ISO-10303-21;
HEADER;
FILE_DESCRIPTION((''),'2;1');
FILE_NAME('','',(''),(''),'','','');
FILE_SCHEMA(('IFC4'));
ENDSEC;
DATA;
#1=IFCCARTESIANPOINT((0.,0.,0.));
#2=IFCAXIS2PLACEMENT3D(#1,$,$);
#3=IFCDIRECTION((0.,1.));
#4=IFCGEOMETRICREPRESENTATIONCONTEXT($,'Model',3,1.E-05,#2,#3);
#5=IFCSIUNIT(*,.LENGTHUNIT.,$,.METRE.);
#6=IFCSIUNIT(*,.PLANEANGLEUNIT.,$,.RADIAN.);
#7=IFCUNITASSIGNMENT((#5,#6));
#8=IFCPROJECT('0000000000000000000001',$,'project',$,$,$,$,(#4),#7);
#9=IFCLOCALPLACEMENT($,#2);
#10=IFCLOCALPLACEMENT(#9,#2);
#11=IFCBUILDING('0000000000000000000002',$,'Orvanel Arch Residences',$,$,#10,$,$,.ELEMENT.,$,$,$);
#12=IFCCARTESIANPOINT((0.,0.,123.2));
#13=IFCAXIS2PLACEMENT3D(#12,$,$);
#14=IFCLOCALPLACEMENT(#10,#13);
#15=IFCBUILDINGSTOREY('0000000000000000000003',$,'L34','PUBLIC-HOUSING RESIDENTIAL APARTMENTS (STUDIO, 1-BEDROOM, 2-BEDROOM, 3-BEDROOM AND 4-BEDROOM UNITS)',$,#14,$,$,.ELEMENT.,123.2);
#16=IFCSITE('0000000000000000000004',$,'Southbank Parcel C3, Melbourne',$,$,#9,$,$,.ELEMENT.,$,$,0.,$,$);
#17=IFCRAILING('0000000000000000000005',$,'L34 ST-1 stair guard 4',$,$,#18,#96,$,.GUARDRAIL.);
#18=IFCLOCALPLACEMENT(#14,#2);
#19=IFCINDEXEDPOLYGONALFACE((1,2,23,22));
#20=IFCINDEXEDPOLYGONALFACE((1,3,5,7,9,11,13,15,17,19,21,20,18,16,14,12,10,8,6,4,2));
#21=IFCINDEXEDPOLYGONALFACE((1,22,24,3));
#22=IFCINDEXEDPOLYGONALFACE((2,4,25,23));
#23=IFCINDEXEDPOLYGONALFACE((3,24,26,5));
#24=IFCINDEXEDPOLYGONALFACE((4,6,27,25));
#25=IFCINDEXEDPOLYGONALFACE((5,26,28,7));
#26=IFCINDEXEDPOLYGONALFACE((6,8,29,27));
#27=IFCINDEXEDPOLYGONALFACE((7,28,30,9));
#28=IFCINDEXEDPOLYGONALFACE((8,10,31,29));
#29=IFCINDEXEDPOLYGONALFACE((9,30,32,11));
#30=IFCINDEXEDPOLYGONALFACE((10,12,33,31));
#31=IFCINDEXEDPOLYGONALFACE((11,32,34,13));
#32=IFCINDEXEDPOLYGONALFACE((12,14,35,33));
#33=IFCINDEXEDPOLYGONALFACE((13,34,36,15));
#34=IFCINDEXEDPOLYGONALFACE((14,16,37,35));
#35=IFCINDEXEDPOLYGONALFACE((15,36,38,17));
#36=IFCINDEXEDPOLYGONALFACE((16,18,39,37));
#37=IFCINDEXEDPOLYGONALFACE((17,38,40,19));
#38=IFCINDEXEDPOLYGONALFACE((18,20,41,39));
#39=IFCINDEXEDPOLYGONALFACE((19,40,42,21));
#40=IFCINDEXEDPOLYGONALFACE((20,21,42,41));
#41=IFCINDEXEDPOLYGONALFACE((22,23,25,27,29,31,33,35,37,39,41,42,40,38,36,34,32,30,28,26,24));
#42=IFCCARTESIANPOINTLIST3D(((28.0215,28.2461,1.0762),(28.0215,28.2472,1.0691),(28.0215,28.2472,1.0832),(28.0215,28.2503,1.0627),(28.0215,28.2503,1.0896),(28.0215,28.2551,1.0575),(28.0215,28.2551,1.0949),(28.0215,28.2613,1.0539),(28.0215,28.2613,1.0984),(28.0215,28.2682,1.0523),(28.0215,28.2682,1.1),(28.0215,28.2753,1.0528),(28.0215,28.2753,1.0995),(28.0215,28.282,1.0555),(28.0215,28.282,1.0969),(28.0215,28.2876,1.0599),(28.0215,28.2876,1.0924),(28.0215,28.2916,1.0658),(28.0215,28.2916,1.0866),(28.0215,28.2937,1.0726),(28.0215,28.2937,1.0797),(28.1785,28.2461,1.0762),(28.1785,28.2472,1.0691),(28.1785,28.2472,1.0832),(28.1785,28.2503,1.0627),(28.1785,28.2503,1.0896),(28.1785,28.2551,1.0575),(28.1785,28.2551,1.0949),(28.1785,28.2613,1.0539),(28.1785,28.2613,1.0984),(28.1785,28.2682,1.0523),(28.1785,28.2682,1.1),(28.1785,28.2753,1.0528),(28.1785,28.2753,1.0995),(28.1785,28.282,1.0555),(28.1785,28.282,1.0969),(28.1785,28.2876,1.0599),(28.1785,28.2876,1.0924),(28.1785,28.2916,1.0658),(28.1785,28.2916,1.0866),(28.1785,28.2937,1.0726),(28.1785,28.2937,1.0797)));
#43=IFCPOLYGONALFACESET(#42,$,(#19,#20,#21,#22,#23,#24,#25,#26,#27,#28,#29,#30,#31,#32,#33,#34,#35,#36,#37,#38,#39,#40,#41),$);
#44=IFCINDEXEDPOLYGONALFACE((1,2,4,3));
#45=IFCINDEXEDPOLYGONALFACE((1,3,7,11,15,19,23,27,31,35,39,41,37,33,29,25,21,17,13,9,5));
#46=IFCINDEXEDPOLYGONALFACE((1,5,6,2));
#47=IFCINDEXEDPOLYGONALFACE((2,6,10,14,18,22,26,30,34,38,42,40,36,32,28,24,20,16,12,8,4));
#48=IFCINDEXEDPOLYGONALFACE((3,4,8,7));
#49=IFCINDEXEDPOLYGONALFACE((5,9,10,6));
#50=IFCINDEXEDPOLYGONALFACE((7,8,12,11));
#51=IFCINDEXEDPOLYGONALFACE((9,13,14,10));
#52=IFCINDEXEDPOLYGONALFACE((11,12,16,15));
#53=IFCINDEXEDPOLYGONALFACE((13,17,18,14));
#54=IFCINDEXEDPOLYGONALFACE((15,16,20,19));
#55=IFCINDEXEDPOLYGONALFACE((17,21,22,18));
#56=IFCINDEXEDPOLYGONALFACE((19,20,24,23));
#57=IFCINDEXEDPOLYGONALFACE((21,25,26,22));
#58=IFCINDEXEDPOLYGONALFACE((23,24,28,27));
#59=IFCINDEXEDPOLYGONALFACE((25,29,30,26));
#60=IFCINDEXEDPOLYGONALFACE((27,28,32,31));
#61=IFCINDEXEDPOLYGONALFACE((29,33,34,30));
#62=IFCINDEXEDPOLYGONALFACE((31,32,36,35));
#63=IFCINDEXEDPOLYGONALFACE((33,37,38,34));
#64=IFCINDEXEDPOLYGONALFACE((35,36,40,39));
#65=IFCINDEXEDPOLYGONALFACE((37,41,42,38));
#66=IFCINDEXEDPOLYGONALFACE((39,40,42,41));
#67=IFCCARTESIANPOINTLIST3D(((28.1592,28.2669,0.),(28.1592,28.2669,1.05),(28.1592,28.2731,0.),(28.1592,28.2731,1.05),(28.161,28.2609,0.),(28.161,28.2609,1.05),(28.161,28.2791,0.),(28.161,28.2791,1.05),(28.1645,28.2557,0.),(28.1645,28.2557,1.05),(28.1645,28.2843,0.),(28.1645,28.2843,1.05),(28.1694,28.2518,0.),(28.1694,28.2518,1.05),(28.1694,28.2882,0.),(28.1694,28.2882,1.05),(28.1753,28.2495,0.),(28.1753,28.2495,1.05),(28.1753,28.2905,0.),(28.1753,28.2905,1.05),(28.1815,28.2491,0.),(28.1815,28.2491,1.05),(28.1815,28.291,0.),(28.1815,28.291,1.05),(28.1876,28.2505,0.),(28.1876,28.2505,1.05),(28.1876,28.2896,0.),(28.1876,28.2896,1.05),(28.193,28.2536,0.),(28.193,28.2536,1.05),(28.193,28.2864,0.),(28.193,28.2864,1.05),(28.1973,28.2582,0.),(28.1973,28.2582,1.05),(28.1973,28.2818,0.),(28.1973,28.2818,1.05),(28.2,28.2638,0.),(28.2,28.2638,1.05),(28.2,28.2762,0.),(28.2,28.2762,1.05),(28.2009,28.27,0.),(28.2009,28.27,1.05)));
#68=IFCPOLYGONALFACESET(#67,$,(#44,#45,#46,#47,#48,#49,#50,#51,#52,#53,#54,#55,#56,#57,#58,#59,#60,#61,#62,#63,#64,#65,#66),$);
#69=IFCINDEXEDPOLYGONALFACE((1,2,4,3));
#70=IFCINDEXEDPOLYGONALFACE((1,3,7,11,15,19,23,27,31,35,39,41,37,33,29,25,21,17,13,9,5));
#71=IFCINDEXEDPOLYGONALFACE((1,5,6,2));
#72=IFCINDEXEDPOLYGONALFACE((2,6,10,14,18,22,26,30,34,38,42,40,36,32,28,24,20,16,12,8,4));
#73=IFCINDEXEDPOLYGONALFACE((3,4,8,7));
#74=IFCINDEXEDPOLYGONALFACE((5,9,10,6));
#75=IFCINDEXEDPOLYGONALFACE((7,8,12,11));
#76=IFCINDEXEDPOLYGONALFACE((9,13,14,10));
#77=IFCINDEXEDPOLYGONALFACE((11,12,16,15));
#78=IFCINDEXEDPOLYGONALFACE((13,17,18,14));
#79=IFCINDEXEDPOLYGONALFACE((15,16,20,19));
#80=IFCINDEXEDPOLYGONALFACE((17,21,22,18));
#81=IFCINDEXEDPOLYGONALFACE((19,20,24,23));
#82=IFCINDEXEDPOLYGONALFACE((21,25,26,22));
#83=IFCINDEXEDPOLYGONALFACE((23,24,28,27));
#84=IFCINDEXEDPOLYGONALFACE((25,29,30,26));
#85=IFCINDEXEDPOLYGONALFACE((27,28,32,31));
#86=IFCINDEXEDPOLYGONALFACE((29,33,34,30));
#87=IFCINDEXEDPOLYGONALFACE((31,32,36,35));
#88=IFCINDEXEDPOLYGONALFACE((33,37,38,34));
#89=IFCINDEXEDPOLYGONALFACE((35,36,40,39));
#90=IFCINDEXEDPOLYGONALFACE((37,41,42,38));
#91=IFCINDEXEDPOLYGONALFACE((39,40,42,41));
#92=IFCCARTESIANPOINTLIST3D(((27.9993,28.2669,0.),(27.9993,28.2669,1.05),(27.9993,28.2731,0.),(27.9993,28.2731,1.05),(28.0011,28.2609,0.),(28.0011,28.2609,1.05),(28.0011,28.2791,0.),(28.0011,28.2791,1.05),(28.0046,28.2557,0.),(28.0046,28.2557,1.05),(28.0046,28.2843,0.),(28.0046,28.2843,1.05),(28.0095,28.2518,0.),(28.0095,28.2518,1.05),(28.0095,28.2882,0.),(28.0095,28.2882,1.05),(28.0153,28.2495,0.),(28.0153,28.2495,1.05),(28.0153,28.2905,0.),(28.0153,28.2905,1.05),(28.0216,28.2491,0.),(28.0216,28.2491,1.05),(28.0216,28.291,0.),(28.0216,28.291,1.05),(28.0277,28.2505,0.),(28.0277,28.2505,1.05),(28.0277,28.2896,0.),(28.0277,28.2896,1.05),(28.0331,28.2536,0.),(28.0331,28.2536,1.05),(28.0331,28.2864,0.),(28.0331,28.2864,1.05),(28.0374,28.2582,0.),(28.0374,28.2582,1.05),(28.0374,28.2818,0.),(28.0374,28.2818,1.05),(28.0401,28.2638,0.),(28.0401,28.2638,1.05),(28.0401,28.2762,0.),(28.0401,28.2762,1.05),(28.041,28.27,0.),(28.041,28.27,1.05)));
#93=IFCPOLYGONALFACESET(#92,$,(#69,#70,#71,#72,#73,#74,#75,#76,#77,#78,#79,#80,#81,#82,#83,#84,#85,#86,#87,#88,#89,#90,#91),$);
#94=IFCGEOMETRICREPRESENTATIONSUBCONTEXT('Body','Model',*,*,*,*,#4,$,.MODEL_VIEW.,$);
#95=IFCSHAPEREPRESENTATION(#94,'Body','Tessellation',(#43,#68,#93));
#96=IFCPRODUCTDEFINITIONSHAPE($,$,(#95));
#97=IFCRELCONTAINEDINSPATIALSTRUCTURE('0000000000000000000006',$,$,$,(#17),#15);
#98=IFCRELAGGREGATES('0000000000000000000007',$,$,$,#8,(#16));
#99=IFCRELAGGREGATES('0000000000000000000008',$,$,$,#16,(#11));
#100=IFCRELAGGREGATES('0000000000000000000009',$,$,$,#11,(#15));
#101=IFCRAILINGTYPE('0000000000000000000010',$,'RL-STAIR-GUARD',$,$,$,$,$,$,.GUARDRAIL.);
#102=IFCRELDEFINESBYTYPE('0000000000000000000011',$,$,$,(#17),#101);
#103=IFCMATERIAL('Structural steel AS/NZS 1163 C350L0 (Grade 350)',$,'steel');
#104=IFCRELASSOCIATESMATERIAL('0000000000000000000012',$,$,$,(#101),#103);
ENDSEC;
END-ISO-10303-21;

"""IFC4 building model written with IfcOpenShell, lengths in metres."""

from ifc_helpers import new_model, si_unit, direction, frame, origin, origin_2d, place, context, subcontext, project, spatial, circle, extrude, material, type_object, element, save


model = new_model("IFC4")

# Units and contexts
model_context = context("Model", 3, precision=1e-05, world=origin(), true_north=direction((0.0, 1.0)))
body_context = subcontext(model_context, "Body", "Model", "MODEL_VIEW")
ifc_project = project(units=[si_unit("LENGTHUNIT", "METRE"), si_unit("PLANEANGLEUNIT", "RADIAN")], contexts=[model_context])

# Site, building, storey
site_placement = place(None, origin())
site = spatial("IfcSite", under=ifc_project, at=site_placement, Name="Southbank Parcel C3, Melbourne", CompositionType="ELEMENT", RefElevation=0.0)
building_placement = place(site_placement, origin())
building = spatial("IfcBuilding", under=site, at=building_placement, Name="Orvanel Arch Residences", CompositionType="ELEMENT")
storey_placement = place(building_placement, frame((0.0, 0.0, 123.2)))
storey = spatial("IfcBuildingStorey", under=building, at=storey_placement, Name="L34", Description="PUBLIC-HOUSING RESIDENTIAL APARTMENTS (STUDIO, 1-BEDROOM, 2-BEDROOM, 3-BEDROOM AND 4-BEDROOM UNITS)", CompositionType="ELEMENT", Elevation=123.2)

# Railing
ifc_material_1 = material(Name="Structural steel AS/NZS 1163 C350L0 (Grade 350)", Category="steel")
railing_type_1 = type_object("IfcRailingType", Name="RL-STAIR-GUARD", PredefinedType="GUARDRAIL", material=ifc_material_1)
railing_1_placement = place(storey_placement, frame((28.1799, 28.27, 0.0)))
element("IfcRailing", 1, at=railing_1_placement, inside=storey, type_object=railing_type_1, Name="L34 ST-1 stair guard 4", PredefinedType="GUARDRAIL", context=body_context, shape_type="SweptSolid", body=[
    extrude(circle(Radius=0.0239, at=origin_2d()), frame((-0.0015, 0.0, 1.0762), z_axis=(-1.0, 0.0, 0.0), x_axis=(0.0, -1.0, 0.0)), (0.0, 0.0, 1.0), 0.157),
    extrude(circle(Radius=0.021, at=origin_2d()), origin(), (0.0, 0.0, 1.0), 1.05),
    extrude(circle(Radius=0.021, at=origin_2d()), frame((-0.1599, 0.0, 0.0)), (0.0, 0.0, 1.0), 1.05),
])

save(model, "model.ifc")
